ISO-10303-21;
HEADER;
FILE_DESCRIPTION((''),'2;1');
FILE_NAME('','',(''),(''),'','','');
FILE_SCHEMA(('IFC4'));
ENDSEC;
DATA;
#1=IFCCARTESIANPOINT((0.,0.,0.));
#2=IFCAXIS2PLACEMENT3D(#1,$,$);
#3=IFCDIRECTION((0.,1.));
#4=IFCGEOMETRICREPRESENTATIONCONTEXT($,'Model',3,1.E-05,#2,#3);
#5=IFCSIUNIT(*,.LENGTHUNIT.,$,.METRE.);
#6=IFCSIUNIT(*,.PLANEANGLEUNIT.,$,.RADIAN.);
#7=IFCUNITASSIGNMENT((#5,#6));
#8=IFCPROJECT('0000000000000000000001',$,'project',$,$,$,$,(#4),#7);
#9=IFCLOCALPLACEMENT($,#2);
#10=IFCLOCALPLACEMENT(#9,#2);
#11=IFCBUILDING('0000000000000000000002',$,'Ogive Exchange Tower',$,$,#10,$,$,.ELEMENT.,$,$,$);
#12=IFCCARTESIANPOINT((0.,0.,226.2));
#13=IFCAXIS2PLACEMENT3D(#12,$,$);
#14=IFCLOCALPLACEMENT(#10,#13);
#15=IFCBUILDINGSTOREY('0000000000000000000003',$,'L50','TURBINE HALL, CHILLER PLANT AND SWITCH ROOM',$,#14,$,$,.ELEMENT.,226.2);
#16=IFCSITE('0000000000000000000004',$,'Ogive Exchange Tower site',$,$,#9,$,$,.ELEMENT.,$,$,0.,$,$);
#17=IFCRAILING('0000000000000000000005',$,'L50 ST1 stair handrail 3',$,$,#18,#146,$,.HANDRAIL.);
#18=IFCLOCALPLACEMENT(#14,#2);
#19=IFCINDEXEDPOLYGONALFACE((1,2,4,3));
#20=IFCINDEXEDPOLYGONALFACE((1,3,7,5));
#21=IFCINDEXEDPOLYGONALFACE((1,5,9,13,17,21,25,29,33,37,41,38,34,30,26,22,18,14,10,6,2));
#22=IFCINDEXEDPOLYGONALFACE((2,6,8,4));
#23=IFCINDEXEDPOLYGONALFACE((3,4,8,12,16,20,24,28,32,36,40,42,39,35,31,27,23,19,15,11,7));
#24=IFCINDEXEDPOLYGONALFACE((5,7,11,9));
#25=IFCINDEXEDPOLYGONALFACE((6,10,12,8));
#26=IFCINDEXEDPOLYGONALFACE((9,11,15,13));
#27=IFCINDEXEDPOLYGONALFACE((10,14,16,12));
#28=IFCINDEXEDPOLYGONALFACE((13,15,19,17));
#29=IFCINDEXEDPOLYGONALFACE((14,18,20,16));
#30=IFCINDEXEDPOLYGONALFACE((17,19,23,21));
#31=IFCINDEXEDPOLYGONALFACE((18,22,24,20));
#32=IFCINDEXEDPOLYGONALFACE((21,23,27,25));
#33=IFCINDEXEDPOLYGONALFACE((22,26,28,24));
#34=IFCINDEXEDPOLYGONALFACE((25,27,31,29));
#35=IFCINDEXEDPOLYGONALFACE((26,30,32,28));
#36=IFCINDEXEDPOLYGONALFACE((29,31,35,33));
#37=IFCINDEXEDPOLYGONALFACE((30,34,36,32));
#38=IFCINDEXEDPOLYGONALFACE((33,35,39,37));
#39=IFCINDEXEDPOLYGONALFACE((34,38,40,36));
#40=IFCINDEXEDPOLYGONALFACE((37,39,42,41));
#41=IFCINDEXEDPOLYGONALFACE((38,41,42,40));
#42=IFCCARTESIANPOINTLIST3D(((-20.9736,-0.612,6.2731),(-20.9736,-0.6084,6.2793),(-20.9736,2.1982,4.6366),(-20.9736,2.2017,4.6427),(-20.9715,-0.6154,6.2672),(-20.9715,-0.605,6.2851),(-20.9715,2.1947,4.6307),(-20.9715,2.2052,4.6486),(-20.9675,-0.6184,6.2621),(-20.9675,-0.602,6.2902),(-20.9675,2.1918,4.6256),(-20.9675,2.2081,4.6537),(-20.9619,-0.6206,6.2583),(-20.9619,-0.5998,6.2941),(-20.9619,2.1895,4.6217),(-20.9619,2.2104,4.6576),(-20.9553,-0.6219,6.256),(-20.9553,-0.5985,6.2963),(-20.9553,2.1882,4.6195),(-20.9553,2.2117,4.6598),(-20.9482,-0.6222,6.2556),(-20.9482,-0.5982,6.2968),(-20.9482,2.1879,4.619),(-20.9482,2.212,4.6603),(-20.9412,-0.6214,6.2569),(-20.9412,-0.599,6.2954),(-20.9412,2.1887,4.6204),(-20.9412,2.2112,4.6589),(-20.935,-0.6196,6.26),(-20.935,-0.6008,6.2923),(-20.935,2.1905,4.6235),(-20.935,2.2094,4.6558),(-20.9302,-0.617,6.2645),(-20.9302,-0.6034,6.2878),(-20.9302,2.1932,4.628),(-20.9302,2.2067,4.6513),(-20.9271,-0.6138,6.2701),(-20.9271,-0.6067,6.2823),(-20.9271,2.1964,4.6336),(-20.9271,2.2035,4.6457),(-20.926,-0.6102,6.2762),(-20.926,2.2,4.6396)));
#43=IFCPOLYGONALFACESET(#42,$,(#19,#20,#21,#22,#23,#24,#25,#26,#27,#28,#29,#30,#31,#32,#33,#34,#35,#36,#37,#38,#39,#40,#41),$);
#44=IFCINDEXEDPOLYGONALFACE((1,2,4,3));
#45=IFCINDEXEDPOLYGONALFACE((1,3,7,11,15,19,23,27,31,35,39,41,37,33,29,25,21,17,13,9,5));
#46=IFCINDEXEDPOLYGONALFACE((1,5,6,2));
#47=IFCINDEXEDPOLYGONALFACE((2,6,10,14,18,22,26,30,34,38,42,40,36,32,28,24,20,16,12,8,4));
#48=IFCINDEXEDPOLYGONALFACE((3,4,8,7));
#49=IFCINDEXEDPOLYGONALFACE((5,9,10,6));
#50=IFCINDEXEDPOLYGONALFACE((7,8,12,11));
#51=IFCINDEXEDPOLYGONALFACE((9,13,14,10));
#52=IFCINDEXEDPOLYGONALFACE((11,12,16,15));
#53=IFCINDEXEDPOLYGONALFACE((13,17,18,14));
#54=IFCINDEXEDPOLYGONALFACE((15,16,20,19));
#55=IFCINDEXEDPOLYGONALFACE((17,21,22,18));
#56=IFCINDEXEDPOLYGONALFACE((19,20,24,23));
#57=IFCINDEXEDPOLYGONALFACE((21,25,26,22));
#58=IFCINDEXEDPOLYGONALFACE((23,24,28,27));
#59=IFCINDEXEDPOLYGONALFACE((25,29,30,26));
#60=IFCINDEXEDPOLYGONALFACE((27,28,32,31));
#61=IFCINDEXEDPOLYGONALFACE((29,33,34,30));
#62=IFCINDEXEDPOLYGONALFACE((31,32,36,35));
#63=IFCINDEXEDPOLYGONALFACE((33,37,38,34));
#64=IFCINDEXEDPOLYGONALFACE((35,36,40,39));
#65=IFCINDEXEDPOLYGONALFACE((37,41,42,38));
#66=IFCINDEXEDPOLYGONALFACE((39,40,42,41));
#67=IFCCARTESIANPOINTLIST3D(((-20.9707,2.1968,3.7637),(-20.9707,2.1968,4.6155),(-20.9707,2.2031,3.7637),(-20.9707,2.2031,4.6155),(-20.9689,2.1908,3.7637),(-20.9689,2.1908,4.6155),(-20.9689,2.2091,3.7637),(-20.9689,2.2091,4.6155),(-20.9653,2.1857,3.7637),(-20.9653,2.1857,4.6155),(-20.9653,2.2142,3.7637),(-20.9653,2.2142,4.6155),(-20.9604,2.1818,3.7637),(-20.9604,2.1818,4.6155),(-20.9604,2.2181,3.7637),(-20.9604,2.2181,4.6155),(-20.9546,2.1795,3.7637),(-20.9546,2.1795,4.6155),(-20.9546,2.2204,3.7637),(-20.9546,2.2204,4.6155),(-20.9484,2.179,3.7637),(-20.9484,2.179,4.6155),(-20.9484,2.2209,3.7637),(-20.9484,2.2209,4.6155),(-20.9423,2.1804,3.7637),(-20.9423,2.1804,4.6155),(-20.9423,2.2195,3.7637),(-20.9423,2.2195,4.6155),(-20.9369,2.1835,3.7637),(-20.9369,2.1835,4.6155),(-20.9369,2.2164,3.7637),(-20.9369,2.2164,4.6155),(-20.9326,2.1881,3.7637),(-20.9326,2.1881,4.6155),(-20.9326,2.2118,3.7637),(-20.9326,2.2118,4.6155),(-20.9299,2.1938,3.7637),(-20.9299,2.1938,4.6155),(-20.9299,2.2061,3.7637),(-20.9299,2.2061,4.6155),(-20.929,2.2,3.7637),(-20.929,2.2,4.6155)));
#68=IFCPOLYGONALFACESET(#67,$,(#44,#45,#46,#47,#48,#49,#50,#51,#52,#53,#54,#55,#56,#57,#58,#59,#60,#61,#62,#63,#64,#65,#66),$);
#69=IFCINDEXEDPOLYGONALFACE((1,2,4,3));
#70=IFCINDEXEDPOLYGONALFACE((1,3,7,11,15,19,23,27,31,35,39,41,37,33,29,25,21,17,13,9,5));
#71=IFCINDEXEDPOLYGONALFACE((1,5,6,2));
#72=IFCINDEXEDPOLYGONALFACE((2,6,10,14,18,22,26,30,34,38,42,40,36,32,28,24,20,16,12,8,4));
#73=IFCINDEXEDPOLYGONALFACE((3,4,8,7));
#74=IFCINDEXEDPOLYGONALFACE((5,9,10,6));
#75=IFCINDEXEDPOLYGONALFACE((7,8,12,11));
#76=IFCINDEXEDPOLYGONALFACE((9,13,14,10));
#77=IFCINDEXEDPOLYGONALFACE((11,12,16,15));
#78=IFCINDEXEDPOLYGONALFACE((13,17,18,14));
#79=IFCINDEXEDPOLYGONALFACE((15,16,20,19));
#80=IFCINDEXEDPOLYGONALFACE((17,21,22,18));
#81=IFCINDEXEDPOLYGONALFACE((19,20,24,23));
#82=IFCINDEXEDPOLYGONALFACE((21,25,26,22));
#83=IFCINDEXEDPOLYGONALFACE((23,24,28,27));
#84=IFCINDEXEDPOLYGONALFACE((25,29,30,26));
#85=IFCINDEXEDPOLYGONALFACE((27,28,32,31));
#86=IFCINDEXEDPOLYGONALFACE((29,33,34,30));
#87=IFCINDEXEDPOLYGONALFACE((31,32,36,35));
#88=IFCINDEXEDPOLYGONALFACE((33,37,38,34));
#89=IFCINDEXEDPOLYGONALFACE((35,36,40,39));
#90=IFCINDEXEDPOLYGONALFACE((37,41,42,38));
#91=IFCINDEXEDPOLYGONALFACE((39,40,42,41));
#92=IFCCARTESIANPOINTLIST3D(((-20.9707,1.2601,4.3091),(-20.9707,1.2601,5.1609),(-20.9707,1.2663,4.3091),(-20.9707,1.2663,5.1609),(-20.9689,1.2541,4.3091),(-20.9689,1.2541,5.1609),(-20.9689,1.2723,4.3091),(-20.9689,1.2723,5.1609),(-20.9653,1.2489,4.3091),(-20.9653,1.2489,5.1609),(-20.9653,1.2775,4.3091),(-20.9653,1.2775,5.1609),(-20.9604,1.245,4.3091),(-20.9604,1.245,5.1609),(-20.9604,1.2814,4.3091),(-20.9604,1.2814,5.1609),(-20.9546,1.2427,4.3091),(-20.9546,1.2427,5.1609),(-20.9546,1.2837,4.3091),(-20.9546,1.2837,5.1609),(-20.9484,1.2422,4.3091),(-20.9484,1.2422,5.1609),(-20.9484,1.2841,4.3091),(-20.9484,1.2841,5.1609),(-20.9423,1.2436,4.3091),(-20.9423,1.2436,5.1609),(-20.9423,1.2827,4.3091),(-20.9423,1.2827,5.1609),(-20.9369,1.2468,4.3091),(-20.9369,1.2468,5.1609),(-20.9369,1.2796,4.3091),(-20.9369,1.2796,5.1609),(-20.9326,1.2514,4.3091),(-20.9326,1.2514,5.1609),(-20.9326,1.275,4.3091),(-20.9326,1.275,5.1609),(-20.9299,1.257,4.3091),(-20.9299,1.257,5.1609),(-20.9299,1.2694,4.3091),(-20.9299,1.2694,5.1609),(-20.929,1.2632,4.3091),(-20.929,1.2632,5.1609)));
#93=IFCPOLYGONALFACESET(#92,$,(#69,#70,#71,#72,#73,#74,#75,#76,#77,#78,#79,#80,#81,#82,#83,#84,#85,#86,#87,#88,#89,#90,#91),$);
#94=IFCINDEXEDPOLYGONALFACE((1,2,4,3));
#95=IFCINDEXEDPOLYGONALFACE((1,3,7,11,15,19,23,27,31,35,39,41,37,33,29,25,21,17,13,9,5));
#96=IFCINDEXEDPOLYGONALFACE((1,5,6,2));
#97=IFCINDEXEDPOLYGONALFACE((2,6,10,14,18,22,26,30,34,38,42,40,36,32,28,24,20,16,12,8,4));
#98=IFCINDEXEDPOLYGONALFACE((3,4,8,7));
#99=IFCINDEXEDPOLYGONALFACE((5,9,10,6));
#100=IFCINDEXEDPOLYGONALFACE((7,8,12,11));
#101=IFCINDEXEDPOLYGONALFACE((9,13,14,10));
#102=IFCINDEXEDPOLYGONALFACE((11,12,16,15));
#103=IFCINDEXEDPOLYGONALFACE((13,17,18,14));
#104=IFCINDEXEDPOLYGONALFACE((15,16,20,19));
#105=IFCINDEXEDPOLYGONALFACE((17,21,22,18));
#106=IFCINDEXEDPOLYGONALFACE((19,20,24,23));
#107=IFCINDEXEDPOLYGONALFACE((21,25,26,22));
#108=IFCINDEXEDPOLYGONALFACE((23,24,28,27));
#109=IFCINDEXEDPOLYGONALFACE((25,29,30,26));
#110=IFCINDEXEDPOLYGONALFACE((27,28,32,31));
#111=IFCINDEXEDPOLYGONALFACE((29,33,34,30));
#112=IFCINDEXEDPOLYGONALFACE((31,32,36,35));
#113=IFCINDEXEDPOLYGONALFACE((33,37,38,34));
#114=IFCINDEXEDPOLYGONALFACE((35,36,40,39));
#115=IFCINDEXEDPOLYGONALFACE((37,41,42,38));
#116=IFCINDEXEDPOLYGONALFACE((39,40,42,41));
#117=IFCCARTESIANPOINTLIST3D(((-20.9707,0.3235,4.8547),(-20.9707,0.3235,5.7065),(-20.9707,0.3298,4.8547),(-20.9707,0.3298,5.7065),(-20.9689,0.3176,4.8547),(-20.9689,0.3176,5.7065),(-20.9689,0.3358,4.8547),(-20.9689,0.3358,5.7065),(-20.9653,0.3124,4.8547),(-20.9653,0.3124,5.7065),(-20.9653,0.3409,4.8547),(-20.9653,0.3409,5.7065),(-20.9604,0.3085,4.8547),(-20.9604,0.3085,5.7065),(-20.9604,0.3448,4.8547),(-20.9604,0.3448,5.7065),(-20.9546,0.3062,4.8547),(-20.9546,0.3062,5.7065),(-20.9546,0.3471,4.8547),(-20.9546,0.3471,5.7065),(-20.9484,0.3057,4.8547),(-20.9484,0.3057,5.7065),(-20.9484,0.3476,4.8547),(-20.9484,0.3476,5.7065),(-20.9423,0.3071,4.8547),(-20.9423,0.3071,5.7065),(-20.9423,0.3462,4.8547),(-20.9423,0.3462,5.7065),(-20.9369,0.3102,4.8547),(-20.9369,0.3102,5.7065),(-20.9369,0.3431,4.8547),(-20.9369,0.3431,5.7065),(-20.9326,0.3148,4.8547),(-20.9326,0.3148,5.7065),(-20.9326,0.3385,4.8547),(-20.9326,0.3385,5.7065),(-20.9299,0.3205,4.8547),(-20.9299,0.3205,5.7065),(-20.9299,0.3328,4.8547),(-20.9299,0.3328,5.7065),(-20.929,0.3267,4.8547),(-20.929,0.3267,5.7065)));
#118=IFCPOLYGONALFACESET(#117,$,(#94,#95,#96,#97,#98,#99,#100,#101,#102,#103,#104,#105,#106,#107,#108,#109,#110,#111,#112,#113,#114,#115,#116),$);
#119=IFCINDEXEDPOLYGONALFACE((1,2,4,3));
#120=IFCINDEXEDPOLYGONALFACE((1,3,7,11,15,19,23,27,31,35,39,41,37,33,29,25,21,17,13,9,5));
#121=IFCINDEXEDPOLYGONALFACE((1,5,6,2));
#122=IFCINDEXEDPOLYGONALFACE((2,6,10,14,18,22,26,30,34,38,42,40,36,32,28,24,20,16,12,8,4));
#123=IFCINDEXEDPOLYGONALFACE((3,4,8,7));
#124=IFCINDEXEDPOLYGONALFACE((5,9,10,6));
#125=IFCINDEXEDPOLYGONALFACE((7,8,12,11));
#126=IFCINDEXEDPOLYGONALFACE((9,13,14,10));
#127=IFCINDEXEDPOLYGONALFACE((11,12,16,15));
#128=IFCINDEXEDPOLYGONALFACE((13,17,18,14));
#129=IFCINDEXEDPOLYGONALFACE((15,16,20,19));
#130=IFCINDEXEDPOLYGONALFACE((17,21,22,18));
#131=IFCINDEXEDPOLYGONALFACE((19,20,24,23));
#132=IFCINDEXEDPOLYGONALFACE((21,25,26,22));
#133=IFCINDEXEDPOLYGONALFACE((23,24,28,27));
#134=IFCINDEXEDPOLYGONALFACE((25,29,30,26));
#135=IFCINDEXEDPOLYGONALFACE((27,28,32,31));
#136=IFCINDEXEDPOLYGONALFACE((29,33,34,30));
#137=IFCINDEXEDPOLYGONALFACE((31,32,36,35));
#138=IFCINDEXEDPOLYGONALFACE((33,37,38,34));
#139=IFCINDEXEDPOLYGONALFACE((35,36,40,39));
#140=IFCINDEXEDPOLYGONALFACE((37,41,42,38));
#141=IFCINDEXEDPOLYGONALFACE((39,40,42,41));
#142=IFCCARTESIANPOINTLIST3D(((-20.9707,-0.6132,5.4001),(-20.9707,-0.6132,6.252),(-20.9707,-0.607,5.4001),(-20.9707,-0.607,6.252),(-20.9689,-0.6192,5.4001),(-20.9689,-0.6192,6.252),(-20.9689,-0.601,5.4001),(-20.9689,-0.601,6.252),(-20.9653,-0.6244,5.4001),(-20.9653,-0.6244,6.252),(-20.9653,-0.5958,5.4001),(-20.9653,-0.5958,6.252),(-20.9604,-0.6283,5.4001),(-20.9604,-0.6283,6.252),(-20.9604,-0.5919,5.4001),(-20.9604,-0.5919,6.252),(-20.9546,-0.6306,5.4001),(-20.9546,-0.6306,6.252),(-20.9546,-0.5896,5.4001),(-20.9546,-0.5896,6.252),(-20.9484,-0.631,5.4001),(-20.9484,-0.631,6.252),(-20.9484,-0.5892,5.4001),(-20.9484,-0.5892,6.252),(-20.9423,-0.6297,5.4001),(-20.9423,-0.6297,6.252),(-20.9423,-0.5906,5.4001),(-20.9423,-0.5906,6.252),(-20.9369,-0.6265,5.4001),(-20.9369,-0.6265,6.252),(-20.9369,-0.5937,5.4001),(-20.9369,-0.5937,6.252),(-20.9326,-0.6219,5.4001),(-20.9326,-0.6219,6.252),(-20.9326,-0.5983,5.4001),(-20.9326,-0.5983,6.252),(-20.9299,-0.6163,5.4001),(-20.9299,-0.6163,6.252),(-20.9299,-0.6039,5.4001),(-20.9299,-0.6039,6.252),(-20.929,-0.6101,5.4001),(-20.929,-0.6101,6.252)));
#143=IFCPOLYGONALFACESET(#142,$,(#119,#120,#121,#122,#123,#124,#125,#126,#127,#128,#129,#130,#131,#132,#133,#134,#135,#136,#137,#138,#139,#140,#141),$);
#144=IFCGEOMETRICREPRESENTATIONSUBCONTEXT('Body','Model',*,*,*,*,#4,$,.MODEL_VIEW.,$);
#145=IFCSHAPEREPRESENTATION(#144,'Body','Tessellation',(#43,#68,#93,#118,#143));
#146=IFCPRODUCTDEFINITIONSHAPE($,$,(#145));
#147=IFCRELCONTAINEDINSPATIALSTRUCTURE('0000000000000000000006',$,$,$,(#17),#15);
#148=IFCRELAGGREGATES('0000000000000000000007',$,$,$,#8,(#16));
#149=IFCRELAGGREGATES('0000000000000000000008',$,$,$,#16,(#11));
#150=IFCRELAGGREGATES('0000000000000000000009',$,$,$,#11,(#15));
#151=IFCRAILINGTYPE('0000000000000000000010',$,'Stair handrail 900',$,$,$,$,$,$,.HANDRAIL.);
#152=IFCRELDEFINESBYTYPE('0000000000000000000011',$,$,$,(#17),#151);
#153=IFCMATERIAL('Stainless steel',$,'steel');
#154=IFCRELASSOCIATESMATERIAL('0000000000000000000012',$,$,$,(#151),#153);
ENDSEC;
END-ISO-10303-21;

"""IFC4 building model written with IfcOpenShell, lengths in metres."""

from ifc_helpers import new_model, si_unit, direction, frame, origin, origin_2d, place, context, subcontext, project, spatial, circle, extrude, material, type_object, element, save


model = new_model("IFC4")

# Units and contexts
model_context = context("Model", 3, precision=1e-05, world=origin(), true_north=direction((0.0, 1.0)))
body_context = subcontext(model_context, "Body", "Model", "MODEL_VIEW")
ifc_project = project(units=[si_unit("LENGTHUNIT", "METRE"), si_unit("PLANEANGLEUNIT", "RADIAN")], contexts=[model_context])

# Site, building, storey
site_placement = place(None, origin())
site = spatial("IfcSite", under=ifc_project, at=site_placement, Name="Ogive Exchange Tower site", CompositionType="ELEMENT", RefElevation=0.0)
building_placement = place(site_placement, origin())
building = spatial("IfcBuilding", under=site, at=building_placement, Name="Ogive Exchange Tower", CompositionType="ELEMENT")
storey_placement = place(building_placement, frame((0.0, 0.0, 226.2)))
storey = spatial("IfcBuildingStorey", under=building, at=storey_placement, Name="L50", Description="TURBINE HALL, CHILLER PLANT AND SWITCH ROOM", CompositionType="ELEMENT", Elevation=226.2)

# Railing
ifc_material_1 = material(Name="Stainless steel", Category="steel")
railing_type_1 = type_object("IfcRailingType", Name="Stair handrail 900", PredefinedType="HANDRAIL", material=ifc_material_1)
for number, where, name in (
    (1, (-20.95, 2.2, 3.7637), "L50 ST1 stair handrail 3"),
):
    element("IfcRailing", number, at=place(storey_placement, frame(where)), inside=storey, type_object=railing_type_1, Name=name, PredefinedType="HANDRAIL", context=body_context, shape_type="SweptSolid", body=[
        extrude(circle(Radius=0.0239, at=origin_2d()), frame((0.0, 0.0, 0.876), z_axis=(0.0, -0.864144, 0.503245), x_axis=(1.0, 0.0, 0.0)), (0.0, 0.0, 1.0), 3.252),
        extrude(circle(Radius=0.021, at=origin_2d()), origin(), (0.0, 0.0, 1.0), 0.8518),
        extrude(circle(Radius=0.021, at=origin_2d()), frame((0.0, -0.9368, 0.5454)), (0.0, 0.0, 1.0), 0.8518),
        extrude(circle(Radius=0.021, at=origin_2d()), frame((0.0, -1.8733, 1.0911)), (0.0, 0.0, 1.0), 0.8518),
        extrude(circle(Radius=0.021, at=origin_2d()), frame((0.0, -2.8101, 1.6365)), (0.0, 0.0, 1.0), 0.8518),
    ])

save(model, "model.ifc")
